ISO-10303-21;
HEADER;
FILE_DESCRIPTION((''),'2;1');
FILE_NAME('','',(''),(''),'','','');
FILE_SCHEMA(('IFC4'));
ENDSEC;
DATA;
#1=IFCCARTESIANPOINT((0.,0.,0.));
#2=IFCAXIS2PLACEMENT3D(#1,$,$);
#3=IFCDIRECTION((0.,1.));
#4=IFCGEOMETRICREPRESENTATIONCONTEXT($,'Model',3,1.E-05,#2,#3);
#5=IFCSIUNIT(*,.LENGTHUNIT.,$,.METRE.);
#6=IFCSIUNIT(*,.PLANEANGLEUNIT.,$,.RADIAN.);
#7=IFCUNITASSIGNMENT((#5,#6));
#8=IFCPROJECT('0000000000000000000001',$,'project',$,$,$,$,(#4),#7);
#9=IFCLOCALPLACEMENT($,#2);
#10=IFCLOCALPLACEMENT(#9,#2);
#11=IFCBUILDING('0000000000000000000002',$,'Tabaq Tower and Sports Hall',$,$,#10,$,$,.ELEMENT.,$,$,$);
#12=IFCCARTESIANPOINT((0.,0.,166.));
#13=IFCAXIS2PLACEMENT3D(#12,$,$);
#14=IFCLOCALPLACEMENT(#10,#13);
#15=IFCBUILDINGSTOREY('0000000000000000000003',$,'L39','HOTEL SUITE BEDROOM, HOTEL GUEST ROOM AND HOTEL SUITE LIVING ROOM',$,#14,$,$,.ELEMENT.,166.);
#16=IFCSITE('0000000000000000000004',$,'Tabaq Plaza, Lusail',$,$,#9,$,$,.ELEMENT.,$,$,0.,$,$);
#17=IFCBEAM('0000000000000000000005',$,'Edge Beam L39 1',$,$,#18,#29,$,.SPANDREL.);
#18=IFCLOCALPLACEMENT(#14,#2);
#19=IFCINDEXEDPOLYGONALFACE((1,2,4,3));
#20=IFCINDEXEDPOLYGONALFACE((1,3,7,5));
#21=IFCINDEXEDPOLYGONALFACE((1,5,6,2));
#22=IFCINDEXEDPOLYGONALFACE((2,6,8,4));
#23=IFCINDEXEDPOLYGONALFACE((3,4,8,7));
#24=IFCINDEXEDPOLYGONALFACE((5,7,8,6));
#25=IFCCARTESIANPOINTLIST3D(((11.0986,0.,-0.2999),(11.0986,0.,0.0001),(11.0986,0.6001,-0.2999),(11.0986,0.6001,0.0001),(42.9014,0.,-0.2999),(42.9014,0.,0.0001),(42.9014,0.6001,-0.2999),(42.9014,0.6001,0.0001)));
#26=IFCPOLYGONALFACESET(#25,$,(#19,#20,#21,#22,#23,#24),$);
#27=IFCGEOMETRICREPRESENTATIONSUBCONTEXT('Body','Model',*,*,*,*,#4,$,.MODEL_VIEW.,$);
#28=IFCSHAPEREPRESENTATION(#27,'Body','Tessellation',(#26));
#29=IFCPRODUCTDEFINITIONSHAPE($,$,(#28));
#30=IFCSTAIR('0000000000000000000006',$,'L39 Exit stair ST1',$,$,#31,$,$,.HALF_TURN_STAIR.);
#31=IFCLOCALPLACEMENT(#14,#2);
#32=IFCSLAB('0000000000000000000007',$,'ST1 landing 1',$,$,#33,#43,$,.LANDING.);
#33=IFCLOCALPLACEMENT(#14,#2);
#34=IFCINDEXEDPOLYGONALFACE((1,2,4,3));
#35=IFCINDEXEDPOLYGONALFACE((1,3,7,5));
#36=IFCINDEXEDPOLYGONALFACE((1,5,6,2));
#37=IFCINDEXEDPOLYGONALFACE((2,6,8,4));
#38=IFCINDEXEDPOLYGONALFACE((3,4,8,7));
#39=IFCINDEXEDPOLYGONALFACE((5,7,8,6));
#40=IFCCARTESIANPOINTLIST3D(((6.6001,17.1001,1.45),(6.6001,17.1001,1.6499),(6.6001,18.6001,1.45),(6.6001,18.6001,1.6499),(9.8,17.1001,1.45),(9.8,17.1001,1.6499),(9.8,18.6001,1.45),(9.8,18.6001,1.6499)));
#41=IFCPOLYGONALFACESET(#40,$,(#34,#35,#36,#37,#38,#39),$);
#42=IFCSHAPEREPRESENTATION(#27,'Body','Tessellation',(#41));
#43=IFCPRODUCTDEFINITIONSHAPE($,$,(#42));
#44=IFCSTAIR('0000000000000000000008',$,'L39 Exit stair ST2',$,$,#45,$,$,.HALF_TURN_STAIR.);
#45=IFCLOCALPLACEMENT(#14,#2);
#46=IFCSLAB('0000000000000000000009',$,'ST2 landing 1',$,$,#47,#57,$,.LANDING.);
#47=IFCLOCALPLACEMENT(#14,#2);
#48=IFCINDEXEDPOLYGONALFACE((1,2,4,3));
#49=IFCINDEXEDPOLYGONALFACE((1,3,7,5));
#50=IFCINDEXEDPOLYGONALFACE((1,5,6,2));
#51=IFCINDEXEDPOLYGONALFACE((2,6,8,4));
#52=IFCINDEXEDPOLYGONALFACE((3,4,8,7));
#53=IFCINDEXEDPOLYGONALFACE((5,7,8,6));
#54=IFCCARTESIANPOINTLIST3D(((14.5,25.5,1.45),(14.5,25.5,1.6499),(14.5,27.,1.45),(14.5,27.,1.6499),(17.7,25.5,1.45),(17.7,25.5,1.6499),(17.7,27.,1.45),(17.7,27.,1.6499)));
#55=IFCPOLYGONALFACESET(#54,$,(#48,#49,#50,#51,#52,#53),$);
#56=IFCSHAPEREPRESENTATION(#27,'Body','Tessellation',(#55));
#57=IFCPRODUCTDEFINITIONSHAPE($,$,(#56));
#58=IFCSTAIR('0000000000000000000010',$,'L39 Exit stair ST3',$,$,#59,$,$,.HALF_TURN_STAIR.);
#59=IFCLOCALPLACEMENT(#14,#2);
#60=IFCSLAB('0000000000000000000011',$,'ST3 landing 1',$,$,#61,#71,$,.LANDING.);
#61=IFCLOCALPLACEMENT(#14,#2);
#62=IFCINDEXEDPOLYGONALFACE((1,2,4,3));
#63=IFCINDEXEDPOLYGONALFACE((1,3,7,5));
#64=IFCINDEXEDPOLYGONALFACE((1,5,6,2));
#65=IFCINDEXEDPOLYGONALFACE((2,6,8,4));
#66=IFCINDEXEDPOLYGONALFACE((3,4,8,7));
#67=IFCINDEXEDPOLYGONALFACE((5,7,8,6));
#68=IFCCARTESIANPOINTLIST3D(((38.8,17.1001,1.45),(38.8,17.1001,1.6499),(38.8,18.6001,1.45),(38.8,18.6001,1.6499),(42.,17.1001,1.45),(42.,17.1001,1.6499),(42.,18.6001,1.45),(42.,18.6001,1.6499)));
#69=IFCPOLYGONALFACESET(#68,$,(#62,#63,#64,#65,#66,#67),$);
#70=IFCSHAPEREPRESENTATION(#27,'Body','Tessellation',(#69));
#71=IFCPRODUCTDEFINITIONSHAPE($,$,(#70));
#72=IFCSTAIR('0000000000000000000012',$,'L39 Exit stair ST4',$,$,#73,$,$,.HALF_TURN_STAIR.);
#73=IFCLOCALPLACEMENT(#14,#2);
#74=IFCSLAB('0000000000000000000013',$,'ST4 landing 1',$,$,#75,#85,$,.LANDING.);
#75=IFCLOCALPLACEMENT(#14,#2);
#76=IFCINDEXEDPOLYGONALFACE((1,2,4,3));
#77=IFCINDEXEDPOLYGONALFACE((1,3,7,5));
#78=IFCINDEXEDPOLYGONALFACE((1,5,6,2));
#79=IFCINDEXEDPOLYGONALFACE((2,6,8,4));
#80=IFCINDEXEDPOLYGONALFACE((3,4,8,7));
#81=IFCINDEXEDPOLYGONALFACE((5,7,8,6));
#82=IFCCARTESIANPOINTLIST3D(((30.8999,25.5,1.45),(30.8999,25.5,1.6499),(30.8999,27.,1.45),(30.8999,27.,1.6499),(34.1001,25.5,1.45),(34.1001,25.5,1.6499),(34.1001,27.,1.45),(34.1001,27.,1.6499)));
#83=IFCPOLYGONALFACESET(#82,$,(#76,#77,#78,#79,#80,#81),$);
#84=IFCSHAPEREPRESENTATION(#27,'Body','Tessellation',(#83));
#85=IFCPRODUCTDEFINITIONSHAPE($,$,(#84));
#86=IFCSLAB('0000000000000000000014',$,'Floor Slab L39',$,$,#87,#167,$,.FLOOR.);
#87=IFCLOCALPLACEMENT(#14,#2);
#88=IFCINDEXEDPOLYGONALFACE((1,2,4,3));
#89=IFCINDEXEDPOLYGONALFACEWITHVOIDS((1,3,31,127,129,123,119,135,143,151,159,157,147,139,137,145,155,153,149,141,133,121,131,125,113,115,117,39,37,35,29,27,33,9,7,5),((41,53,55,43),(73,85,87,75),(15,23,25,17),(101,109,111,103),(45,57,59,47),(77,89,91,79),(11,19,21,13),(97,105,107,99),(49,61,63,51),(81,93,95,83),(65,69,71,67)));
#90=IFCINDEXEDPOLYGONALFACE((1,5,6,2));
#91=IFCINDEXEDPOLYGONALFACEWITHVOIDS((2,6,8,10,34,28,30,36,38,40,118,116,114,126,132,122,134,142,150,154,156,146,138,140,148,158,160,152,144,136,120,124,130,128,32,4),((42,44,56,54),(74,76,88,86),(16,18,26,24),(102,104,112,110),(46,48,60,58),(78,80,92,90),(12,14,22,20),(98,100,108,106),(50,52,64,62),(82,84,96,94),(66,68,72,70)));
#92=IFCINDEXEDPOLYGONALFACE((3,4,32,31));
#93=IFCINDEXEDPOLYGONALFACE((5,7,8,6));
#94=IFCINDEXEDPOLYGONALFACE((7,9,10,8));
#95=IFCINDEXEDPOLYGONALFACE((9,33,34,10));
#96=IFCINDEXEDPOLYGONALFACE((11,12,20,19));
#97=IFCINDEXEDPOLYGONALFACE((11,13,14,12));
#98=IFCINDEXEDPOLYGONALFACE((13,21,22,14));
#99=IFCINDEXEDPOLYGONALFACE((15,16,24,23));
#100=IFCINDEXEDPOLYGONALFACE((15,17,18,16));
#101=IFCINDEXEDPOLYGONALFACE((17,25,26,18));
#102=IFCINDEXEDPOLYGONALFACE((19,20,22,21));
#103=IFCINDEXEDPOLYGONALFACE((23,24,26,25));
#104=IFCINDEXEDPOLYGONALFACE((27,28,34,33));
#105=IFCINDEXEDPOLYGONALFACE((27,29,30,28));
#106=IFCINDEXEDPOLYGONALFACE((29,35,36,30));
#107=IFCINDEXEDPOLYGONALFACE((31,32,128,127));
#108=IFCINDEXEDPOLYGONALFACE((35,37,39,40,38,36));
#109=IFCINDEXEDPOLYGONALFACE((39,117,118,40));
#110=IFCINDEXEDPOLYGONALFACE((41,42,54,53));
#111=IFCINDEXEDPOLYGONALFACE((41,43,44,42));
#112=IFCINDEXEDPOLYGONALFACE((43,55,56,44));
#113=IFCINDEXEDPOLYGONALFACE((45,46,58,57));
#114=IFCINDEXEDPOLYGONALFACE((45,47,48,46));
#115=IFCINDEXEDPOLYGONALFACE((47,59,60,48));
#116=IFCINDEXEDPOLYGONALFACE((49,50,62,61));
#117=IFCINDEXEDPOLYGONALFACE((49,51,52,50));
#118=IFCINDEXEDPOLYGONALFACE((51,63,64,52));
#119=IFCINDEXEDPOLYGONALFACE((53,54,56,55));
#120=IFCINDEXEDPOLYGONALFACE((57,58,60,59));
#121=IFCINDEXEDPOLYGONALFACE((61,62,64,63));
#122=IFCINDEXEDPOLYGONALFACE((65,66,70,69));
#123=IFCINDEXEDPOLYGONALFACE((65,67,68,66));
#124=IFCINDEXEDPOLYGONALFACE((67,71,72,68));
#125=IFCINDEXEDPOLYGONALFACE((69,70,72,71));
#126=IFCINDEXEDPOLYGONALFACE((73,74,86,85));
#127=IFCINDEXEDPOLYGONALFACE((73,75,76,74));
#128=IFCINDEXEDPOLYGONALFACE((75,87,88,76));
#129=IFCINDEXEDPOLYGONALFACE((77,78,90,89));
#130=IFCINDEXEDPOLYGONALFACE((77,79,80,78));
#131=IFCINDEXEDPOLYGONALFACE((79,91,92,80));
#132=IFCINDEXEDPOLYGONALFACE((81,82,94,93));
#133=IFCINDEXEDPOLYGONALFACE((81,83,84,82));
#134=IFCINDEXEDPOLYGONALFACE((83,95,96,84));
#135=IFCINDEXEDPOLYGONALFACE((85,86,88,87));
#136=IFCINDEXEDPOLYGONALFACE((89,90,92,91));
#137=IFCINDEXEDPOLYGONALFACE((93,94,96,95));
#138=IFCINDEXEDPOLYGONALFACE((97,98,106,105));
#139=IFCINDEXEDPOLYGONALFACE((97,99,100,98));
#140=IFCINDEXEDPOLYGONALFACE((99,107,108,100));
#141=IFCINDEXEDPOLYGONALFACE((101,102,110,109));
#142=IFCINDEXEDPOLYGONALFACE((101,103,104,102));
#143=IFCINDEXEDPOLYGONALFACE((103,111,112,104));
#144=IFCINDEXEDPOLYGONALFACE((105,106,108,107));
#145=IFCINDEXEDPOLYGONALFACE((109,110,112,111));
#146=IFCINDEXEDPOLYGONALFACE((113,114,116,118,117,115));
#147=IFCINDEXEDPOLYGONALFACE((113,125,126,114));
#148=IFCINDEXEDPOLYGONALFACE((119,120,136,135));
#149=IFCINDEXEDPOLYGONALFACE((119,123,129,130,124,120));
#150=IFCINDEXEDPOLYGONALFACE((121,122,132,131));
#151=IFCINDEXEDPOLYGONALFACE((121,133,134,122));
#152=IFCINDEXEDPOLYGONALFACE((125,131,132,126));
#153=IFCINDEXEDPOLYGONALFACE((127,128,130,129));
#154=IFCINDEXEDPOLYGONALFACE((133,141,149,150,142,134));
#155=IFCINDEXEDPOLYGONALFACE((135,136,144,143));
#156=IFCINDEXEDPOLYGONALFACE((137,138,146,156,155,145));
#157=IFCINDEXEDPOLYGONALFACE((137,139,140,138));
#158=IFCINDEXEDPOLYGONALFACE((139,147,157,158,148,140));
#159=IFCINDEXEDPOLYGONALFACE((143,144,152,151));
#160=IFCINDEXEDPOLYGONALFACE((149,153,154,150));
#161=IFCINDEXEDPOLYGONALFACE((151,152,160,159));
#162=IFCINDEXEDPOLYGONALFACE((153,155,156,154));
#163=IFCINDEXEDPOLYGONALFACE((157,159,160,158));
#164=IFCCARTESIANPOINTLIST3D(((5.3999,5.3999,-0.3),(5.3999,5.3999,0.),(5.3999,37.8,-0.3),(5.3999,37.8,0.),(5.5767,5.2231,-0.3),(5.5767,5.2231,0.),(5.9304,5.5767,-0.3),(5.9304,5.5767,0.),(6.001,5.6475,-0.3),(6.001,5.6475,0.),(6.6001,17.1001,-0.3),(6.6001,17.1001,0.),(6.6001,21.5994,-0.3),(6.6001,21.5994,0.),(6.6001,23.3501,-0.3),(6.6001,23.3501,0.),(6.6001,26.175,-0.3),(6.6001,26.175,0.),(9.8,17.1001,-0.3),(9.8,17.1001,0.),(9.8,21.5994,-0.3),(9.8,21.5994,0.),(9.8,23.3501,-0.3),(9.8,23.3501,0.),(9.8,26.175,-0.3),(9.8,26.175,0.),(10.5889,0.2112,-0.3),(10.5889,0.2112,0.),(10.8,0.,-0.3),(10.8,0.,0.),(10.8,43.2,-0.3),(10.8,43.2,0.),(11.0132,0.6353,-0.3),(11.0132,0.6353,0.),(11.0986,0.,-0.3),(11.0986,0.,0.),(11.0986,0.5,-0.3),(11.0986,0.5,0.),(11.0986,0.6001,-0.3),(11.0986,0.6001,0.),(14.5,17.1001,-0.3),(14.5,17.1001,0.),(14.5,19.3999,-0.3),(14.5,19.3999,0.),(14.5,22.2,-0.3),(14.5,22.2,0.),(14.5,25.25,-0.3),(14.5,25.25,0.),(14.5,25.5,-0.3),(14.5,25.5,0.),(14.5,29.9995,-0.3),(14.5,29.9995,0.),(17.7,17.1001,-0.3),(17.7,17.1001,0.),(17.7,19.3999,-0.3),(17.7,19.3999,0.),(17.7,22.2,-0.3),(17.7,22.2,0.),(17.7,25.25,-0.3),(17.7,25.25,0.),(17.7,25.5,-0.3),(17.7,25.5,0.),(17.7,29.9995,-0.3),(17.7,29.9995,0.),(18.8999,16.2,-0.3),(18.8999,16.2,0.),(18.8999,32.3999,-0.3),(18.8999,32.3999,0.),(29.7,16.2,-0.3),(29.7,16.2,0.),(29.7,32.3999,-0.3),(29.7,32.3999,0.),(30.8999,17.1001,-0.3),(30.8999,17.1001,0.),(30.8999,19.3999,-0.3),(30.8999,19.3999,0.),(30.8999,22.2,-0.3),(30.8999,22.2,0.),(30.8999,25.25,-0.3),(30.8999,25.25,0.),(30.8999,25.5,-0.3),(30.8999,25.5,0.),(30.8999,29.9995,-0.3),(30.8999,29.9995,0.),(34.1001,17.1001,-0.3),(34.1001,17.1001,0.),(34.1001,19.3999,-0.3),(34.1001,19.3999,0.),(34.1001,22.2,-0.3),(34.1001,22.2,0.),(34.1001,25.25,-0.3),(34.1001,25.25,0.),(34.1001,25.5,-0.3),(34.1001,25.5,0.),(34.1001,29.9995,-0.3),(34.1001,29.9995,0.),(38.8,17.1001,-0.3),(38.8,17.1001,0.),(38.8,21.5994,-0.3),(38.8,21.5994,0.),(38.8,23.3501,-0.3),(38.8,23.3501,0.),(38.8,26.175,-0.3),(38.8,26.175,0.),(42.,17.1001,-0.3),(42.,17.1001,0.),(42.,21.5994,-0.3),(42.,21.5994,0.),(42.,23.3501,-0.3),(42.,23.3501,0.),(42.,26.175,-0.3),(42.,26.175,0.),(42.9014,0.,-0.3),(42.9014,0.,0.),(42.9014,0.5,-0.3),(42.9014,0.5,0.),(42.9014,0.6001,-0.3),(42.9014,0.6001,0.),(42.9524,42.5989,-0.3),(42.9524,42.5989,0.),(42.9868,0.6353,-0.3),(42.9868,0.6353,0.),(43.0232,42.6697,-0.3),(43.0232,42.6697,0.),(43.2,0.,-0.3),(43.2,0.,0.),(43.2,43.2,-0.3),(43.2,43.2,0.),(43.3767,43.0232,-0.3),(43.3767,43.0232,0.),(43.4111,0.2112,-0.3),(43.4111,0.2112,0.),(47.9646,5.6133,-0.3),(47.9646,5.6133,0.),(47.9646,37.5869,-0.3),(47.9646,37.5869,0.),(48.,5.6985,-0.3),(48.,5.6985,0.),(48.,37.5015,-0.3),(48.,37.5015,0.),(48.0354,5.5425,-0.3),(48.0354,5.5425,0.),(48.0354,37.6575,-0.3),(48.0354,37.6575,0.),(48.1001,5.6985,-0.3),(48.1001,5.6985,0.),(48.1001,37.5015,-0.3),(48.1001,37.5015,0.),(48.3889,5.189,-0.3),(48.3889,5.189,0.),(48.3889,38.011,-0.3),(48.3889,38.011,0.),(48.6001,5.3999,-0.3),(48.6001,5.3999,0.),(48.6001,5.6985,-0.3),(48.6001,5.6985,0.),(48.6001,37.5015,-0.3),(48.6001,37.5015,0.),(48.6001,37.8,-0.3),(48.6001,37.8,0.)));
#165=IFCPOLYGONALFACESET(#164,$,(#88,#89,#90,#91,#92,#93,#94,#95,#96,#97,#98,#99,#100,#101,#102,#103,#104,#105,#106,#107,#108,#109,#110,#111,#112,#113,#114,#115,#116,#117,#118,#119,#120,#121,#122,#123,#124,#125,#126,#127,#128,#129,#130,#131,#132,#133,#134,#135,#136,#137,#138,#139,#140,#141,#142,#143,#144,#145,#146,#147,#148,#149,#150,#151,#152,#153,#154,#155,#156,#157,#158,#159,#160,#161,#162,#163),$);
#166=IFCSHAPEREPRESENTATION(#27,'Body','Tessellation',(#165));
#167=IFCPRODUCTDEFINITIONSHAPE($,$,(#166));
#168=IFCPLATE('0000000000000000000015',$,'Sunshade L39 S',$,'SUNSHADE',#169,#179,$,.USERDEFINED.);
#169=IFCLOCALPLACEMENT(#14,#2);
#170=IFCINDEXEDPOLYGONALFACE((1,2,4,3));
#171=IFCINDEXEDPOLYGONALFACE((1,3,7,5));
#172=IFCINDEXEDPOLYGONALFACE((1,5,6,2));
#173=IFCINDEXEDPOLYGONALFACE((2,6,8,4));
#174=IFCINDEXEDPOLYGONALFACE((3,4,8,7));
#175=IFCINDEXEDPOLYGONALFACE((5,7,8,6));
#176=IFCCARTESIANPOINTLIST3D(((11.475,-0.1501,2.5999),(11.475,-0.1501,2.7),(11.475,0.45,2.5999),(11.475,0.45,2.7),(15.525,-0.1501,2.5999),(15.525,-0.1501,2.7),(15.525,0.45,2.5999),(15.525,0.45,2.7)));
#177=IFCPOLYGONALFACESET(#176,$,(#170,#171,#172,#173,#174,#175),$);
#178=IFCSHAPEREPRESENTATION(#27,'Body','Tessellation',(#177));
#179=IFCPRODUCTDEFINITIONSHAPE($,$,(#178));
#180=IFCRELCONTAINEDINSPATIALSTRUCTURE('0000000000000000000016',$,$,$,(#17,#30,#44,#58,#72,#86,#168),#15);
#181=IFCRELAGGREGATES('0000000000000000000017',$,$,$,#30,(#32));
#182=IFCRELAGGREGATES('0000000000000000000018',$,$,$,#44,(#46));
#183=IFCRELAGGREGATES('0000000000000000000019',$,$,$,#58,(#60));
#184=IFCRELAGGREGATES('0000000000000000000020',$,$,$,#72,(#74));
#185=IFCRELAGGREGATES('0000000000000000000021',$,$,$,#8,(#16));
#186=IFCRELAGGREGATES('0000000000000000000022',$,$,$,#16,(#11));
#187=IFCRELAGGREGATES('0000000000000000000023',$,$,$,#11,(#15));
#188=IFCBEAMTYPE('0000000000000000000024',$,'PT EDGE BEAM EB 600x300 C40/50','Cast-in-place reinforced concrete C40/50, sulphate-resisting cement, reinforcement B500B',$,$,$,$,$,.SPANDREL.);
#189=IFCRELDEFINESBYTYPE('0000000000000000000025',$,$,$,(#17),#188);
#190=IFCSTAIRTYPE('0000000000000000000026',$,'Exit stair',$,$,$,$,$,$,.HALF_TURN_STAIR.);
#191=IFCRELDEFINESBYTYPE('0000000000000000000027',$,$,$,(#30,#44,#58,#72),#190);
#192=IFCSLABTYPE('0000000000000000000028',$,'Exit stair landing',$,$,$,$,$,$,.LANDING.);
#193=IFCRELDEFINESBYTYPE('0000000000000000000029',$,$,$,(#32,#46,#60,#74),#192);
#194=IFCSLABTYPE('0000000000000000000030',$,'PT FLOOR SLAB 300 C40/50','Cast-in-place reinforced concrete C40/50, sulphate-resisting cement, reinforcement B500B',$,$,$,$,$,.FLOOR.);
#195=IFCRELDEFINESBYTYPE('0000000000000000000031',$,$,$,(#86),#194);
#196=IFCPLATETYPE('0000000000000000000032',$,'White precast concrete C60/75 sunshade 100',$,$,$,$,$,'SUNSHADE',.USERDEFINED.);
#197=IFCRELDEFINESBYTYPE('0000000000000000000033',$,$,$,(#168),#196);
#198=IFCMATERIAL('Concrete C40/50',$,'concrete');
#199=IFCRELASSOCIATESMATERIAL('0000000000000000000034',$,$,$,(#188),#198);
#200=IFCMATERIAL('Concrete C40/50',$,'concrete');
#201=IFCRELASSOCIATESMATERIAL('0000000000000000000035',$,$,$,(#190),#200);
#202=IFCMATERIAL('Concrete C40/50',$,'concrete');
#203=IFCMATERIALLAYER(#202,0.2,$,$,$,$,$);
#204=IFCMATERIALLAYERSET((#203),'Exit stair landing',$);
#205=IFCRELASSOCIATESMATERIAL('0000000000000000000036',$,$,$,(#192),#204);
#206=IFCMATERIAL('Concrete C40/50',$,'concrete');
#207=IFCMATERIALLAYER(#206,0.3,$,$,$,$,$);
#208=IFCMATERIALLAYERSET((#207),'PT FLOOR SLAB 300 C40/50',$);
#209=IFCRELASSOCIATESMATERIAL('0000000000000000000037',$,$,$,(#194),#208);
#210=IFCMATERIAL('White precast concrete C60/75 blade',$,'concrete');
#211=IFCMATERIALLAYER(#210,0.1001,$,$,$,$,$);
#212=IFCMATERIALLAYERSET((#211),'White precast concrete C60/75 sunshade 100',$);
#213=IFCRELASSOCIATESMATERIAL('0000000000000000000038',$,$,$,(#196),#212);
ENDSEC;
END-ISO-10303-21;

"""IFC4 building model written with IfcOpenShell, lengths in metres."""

from ifc_helpers import new_model, si_unit, direction, frame, origin, origin_2d, place, context, subcontext, project, spatial, polyline, rectangle, outline, extrude, material, layer, layer_set, material_profile, profile_set, type_object, element, aggregate, save


model = new_model("IFC4")

# Units and contexts
model_context = context("Model", 3, precision=1e-05, world=origin(), true_north=direction((0.0, 1.0)))
body_context = subcontext(model_context, "Body", "Model", "MODEL_VIEW")
ifc_project = project(units=[si_unit("LENGTHUNIT", "METRE"), si_unit("PLANEANGLEUNIT", "RADIAN")], contexts=[model_context])

# Site, building, storey
site_placement = place(None, origin())
site = spatial("IfcSite", under=ifc_project, at=site_placement, Name="Tabaq Plaza, Lusail", CompositionType="ELEMENT", RefElevation=0.0)
building_placement = place(site_placement, origin())
building = spatial("IfcBuilding", under=site, at=building_placement, Name="Tabaq Tower and Sports Hall", CompositionType="ELEMENT")
storey_placement = place(building_placement, frame((0.0, 0.0, 166.0)))
storey = spatial("IfcBuildingStorey", under=building, at=storey_placement, Name="L39", Description="HOTEL SUITE BEDROOM, HOTEL GUEST ROOM AND HOTEL SUITE LIVING ROOM", CompositionType="ELEMENT", Elevation=166.0)

# Beam
ifc_material_1 = material(Name="Concrete C40/50", Category="concrete")
ifc_material_profile = material_profile(ifc_material_1, rectangle(XDim=0.6001, YDim=0.3, at=origin_2d()), Name="EB 600x300")
ifc_profile_set = profile_set([ifc_material_profile], Name="Concrete C40/50")
beam_type = type_object("IfcBeamType", Name="PT EDGE BEAM EB 600x300 C40/50", Description="Cast-in-place reinforced concrete C40/50, sulphate-resisting cement, reinforcement B500B", PredefinedType="SPANDREL", material=ifc_profile_set)
beam_placement = place(storey_placement, frame((11.0986, 0.3, -0.1499), z_axis=(1.0, 0.0, 0.0), x_axis=(0.0, 1.0, 0.0)))
element("IfcBeam", 1, at=beam_placement, inside=storey, type_object=beam_type, Name="Edge Beam L39 1", PredefinedType="SPANDREL", context=body_context, shape_type="SweptSolid", body=[
    extrude(rectangle(XDim=0.6001, YDim=0.3, at=origin_2d()), origin(), (0.0, 0.0, 1.0), 31.8027),
])

# Stairs, slabs
ifc_material_2 = material(Name="Concrete C40/50", Category="concrete")
stair_type = type_object("IfcStairType", Name="Exit stair", PredefinedType="HALF_TURN_STAIR", material=ifc_material_2)
stair_1_placement = place(storey_placement, origin())
stair_1 = element("IfcStair", 2, at=stair_1_placement, inside=storey, type_object=stair_type, Name="L39 Exit stair ST1", PredefinedType="HALF_TURN_STAIR")
ifc_material_3 = material(Name="Concrete C40/50", Category="concrete")
ifc_layer_1 = layer(ifc_material_3, 0.2)
ifc_layer_set_1 = layer_set([ifc_layer_1], Name="Exit stair landing")
slab_type_1 = type_object("IfcSlabType", Name="Exit stair landing", PredefinedType="LANDING", material=ifc_layer_set_1)
slab_1_placement = place(storey_placement, frame((0.0, 0.0, 1.45)))
slab_1 = element("IfcSlab", 3, at=slab_1_placement, type_object=slab_type_1, Name="ST1 landing 1", PredefinedType="LANDING", context=body_context, shape_type="SweptSolid", body=[
    extrude(outline(polyline([(6.6001, 18.6001), (6.6001, 17.1001), (9.8, 17.1001), (9.8, 18.6001), (6.6001, 18.6001)])), origin(), (0.0, 0.0, 1.0), 0.2),
])
aggregate(stair_1, [slab_1])
stair_2_placement = place(storey_placement, origin())
stair_2 = element("IfcStair", 4, at=stair_2_placement, inside=storey, type_object=stair_type, Name="L39 Exit stair ST2", PredefinedType="HALF_TURN_STAIR")
slab_2_placement = place(storey_placement, frame((0.0, 0.0, 1.45)))
slab_2 = element("IfcSlab", 5, at=slab_2_placement, type_object=slab_type_1, Name="ST2 landing 1", PredefinedType="LANDING", context=body_context, shape_type="SweptSolid", body=[
    extrude(outline(polyline([(14.5, 27.0), (14.5, 25.5), (17.7, 25.5), (17.7, 27.0), (14.5, 27.0)])), origin(), (0.0, 0.0, 1.0), 0.2),
])
aggregate(stair_2, [slab_2])
stair_3_placement = place(storey_placement, origin())
stair_3 = element("IfcStair", 6, at=stair_3_placement, inside=storey, type_object=stair_type, Name="L39 Exit stair ST3", PredefinedType="HALF_TURN_STAIR")
slab_3_placement = place(storey_placement, frame((0.0, 0.0, 1.45)))
slab_3 = element("IfcSlab", 7, at=slab_3_placement, type_object=slab_type_1, Name="ST3 landing 1", PredefinedType="LANDING", context=body_context, shape_type="SweptSolid", body=[
    extrude(outline(polyline([(38.8, 18.6001), (38.8, 17.1001), (42.0, 17.1001), (42.0, 18.6001), (38.8, 18.6001)])), origin(), (0.0, 0.0, 1.0), 0.2),
])
aggregate(stair_3, [slab_3])
stair_4_placement = place(storey_placement, origin())
stair_4 = element("IfcStair", 8, at=stair_4_placement, inside=storey, type_object=stair_type, Name="L39 Exit stair ST4", PredefinedType="HALF_TURN_STAIR")
slab_4_placement = place(storey_placement, frame((0.0, 0.0, 1.45)))
slab_4 = element("IfcSlab", 9, at=slab_4_placement, type_object=slab_type_1, Name="ST4 landing 1", PredefinedType="LANDING", context=body_context, shape_type="SweptSolid", body=[
    extrude(outline(polyline([(30.8999, 27.0), (30.8999, 25.5), (34.1001, 25.5), (34.1001, 27.0), (30.8999, 27.0)])), origin(), (0.0, 0.0, 1.0), 0.2),
])
aggregate(stair_4, [slab_4])

# Slab
ifc_material_4 = material(Name="Concrete C40/50", Category="concrete")
ifc_layer_2 = layer(ifc_material_4, 0.3)
ifc_layer_set_2 = layer_set([ifc_layer_2], Name="PT FLOOR SLAB 300 C40/50")
slab_type_2 = type_object("IfcSlabType", Name="PT FLOOR SLAB 300 C40/50", Description="Cast-in-place reinforced concrete C40/50, sulphate-resisting cement, reinforcement B500B", PredefinedType="FLOOR", material=ifc_layer_set_2)
slab_5_placement = place(storey_placement, frame((0.0, 0.0, -0.3)))
element("IfcSlab", 10, at=slab_5_placement, inside=storey, type_object=slab_type_2, Name="Floor Slab L39", PredefinedType="FLOOR", context=body_context, shape_type="SweptSolid", body=[
    extrude(outline(polyline([(5.3999, 37.8), (5.3999, 5.3999), (5.5767, 5.2231), (5.9304, 5.5767), (6.001, 5.6475), (11.0132, 0.6353), (10.5889, 0.2112), (10.8, 0.0), (11.0986, 0.0), (11.0986, 0.5), (11.0986, 0.6001), (42.9014, 0.6001), (42.9014, 0.5), (42.9014, 0.0), (43.2, 0.0), (43.4111, 0.2112), (42.9868, 0.6353), (47.9646, 5.6133), (48.0354, 5.5425), (48.3889, 5.189), (48.6001, 5.3999), (48.6001, 5.6985), (48.1001, 5.6985), (48.0, 5.6985), (48.0, 37.5015), (48.1001, 37.5015), (48.6001, 37.5015), (48.6001, 37.8), (48.3889, 38.011), (48.0354, 37.6575), (47.9646, 37.5869), (42.9524, 42.5989), (43.0232, 42.6697), (43.3767, 43.0232), (43.2, 43.2), (10.8, 43.2), (5.3999, 37.8)]), holes=[polyline([(14.5, 19.3999), (17.7, 19.3999), (17.7, 17.1001), (14.5, 17.1001), (14.5, 19.3999)]), polyline([(6.6001, 21.5994), (9.8, 21.5994), (9.8, 17.1001), (6.6001, 17.1001), (6.6001, 21.5994)]), polyline([(14.5, 25.25), (17.7, 25.25), (17.7, 22.2), (14.5, 22.2), (14.5, 25.25)]), polyline([(18.8999, 32.3999), (29.7, 32.3999), (29.7, 16.2), (18.8999, 16.2), (18.8999, 32.3999)]), polyline([(9.8, 26.175), (9.8, 23.3501), (6.6001, 23.3501), (6.6001, 26.175), (9.8, 26.175)]), polyline([(14.5, 29.9995), (17.7, 29.9995), (17.7, 25.5), (14.5, 25.5), (14.5, 29.9995)]), polyline([(34.1001, 19.3999), (34.1001, 17.1001), (30.8999, 17.1001), (30.8999, 19.3999), (34.1001, 19.3999)]), polyline([(42.0, 21.5994), (42.0, 17.1001), (38.8, 17.1001), (38.8, 21.5994), (42.0, 21.5994)]), polyline([(30.8999, 25.25), (34.1001, 25.25), (34.1001, 22.2), (30.8999, 22.2), (30.8999, 25.25)]), polyline([(42.0, 26.175), (42.0, 23.3501), (38.8, 23.3501), (38.8, 26.175), (42.0, 26.175)]), polyline([(34.1001, 29.9995), (34.1001, 25.5), (30.8999, 25.5), (30.8999, 29.9995), (34.1001, 29.9995)])]), origin(), (0.0, 0.0, 1.0), 0.3),
])

# Plate
ifc_material_5 = material(Name="White precast concrete C60/75 blade", Category="concrete")
ifc_layer_3 = layer(ifc_material_5, 0.1001)
ifc_layer_set_3 = layer_set([ifc_layer_3], Name="White precast concrete C60/75 sunshade 100")
plate_type = type_object("IfcPlateType", Name="White precast concrete C60/75 sunshade 100", ElementType="SUNSHADE", PredefinedType="USERDEFINED", material=ifc_layer_set_3)
plate_placement = place(storey_placement, frame((13.5, 0.1499, 2.5999), z_axis=(0.0, 0.0, 1.0), x_axis=(1.0, 0.0, 0.0)))
element("IfcPlate", 11, at=plate_placement, inside=storey, type_object=plate_type, Name="Sunshade L39 S", ObjectType="SUNSHADE", PredefinedType="USERDEFINED", context=body_context, shape_type="SweptSolid", body=[
    extrude(rectangle(XDim=4.05, YDim=0.6001, at=origin_2d()), origin(), (0.0, 0.0, 1.0), 0.1001),
])

save(model, "model.ifc")
